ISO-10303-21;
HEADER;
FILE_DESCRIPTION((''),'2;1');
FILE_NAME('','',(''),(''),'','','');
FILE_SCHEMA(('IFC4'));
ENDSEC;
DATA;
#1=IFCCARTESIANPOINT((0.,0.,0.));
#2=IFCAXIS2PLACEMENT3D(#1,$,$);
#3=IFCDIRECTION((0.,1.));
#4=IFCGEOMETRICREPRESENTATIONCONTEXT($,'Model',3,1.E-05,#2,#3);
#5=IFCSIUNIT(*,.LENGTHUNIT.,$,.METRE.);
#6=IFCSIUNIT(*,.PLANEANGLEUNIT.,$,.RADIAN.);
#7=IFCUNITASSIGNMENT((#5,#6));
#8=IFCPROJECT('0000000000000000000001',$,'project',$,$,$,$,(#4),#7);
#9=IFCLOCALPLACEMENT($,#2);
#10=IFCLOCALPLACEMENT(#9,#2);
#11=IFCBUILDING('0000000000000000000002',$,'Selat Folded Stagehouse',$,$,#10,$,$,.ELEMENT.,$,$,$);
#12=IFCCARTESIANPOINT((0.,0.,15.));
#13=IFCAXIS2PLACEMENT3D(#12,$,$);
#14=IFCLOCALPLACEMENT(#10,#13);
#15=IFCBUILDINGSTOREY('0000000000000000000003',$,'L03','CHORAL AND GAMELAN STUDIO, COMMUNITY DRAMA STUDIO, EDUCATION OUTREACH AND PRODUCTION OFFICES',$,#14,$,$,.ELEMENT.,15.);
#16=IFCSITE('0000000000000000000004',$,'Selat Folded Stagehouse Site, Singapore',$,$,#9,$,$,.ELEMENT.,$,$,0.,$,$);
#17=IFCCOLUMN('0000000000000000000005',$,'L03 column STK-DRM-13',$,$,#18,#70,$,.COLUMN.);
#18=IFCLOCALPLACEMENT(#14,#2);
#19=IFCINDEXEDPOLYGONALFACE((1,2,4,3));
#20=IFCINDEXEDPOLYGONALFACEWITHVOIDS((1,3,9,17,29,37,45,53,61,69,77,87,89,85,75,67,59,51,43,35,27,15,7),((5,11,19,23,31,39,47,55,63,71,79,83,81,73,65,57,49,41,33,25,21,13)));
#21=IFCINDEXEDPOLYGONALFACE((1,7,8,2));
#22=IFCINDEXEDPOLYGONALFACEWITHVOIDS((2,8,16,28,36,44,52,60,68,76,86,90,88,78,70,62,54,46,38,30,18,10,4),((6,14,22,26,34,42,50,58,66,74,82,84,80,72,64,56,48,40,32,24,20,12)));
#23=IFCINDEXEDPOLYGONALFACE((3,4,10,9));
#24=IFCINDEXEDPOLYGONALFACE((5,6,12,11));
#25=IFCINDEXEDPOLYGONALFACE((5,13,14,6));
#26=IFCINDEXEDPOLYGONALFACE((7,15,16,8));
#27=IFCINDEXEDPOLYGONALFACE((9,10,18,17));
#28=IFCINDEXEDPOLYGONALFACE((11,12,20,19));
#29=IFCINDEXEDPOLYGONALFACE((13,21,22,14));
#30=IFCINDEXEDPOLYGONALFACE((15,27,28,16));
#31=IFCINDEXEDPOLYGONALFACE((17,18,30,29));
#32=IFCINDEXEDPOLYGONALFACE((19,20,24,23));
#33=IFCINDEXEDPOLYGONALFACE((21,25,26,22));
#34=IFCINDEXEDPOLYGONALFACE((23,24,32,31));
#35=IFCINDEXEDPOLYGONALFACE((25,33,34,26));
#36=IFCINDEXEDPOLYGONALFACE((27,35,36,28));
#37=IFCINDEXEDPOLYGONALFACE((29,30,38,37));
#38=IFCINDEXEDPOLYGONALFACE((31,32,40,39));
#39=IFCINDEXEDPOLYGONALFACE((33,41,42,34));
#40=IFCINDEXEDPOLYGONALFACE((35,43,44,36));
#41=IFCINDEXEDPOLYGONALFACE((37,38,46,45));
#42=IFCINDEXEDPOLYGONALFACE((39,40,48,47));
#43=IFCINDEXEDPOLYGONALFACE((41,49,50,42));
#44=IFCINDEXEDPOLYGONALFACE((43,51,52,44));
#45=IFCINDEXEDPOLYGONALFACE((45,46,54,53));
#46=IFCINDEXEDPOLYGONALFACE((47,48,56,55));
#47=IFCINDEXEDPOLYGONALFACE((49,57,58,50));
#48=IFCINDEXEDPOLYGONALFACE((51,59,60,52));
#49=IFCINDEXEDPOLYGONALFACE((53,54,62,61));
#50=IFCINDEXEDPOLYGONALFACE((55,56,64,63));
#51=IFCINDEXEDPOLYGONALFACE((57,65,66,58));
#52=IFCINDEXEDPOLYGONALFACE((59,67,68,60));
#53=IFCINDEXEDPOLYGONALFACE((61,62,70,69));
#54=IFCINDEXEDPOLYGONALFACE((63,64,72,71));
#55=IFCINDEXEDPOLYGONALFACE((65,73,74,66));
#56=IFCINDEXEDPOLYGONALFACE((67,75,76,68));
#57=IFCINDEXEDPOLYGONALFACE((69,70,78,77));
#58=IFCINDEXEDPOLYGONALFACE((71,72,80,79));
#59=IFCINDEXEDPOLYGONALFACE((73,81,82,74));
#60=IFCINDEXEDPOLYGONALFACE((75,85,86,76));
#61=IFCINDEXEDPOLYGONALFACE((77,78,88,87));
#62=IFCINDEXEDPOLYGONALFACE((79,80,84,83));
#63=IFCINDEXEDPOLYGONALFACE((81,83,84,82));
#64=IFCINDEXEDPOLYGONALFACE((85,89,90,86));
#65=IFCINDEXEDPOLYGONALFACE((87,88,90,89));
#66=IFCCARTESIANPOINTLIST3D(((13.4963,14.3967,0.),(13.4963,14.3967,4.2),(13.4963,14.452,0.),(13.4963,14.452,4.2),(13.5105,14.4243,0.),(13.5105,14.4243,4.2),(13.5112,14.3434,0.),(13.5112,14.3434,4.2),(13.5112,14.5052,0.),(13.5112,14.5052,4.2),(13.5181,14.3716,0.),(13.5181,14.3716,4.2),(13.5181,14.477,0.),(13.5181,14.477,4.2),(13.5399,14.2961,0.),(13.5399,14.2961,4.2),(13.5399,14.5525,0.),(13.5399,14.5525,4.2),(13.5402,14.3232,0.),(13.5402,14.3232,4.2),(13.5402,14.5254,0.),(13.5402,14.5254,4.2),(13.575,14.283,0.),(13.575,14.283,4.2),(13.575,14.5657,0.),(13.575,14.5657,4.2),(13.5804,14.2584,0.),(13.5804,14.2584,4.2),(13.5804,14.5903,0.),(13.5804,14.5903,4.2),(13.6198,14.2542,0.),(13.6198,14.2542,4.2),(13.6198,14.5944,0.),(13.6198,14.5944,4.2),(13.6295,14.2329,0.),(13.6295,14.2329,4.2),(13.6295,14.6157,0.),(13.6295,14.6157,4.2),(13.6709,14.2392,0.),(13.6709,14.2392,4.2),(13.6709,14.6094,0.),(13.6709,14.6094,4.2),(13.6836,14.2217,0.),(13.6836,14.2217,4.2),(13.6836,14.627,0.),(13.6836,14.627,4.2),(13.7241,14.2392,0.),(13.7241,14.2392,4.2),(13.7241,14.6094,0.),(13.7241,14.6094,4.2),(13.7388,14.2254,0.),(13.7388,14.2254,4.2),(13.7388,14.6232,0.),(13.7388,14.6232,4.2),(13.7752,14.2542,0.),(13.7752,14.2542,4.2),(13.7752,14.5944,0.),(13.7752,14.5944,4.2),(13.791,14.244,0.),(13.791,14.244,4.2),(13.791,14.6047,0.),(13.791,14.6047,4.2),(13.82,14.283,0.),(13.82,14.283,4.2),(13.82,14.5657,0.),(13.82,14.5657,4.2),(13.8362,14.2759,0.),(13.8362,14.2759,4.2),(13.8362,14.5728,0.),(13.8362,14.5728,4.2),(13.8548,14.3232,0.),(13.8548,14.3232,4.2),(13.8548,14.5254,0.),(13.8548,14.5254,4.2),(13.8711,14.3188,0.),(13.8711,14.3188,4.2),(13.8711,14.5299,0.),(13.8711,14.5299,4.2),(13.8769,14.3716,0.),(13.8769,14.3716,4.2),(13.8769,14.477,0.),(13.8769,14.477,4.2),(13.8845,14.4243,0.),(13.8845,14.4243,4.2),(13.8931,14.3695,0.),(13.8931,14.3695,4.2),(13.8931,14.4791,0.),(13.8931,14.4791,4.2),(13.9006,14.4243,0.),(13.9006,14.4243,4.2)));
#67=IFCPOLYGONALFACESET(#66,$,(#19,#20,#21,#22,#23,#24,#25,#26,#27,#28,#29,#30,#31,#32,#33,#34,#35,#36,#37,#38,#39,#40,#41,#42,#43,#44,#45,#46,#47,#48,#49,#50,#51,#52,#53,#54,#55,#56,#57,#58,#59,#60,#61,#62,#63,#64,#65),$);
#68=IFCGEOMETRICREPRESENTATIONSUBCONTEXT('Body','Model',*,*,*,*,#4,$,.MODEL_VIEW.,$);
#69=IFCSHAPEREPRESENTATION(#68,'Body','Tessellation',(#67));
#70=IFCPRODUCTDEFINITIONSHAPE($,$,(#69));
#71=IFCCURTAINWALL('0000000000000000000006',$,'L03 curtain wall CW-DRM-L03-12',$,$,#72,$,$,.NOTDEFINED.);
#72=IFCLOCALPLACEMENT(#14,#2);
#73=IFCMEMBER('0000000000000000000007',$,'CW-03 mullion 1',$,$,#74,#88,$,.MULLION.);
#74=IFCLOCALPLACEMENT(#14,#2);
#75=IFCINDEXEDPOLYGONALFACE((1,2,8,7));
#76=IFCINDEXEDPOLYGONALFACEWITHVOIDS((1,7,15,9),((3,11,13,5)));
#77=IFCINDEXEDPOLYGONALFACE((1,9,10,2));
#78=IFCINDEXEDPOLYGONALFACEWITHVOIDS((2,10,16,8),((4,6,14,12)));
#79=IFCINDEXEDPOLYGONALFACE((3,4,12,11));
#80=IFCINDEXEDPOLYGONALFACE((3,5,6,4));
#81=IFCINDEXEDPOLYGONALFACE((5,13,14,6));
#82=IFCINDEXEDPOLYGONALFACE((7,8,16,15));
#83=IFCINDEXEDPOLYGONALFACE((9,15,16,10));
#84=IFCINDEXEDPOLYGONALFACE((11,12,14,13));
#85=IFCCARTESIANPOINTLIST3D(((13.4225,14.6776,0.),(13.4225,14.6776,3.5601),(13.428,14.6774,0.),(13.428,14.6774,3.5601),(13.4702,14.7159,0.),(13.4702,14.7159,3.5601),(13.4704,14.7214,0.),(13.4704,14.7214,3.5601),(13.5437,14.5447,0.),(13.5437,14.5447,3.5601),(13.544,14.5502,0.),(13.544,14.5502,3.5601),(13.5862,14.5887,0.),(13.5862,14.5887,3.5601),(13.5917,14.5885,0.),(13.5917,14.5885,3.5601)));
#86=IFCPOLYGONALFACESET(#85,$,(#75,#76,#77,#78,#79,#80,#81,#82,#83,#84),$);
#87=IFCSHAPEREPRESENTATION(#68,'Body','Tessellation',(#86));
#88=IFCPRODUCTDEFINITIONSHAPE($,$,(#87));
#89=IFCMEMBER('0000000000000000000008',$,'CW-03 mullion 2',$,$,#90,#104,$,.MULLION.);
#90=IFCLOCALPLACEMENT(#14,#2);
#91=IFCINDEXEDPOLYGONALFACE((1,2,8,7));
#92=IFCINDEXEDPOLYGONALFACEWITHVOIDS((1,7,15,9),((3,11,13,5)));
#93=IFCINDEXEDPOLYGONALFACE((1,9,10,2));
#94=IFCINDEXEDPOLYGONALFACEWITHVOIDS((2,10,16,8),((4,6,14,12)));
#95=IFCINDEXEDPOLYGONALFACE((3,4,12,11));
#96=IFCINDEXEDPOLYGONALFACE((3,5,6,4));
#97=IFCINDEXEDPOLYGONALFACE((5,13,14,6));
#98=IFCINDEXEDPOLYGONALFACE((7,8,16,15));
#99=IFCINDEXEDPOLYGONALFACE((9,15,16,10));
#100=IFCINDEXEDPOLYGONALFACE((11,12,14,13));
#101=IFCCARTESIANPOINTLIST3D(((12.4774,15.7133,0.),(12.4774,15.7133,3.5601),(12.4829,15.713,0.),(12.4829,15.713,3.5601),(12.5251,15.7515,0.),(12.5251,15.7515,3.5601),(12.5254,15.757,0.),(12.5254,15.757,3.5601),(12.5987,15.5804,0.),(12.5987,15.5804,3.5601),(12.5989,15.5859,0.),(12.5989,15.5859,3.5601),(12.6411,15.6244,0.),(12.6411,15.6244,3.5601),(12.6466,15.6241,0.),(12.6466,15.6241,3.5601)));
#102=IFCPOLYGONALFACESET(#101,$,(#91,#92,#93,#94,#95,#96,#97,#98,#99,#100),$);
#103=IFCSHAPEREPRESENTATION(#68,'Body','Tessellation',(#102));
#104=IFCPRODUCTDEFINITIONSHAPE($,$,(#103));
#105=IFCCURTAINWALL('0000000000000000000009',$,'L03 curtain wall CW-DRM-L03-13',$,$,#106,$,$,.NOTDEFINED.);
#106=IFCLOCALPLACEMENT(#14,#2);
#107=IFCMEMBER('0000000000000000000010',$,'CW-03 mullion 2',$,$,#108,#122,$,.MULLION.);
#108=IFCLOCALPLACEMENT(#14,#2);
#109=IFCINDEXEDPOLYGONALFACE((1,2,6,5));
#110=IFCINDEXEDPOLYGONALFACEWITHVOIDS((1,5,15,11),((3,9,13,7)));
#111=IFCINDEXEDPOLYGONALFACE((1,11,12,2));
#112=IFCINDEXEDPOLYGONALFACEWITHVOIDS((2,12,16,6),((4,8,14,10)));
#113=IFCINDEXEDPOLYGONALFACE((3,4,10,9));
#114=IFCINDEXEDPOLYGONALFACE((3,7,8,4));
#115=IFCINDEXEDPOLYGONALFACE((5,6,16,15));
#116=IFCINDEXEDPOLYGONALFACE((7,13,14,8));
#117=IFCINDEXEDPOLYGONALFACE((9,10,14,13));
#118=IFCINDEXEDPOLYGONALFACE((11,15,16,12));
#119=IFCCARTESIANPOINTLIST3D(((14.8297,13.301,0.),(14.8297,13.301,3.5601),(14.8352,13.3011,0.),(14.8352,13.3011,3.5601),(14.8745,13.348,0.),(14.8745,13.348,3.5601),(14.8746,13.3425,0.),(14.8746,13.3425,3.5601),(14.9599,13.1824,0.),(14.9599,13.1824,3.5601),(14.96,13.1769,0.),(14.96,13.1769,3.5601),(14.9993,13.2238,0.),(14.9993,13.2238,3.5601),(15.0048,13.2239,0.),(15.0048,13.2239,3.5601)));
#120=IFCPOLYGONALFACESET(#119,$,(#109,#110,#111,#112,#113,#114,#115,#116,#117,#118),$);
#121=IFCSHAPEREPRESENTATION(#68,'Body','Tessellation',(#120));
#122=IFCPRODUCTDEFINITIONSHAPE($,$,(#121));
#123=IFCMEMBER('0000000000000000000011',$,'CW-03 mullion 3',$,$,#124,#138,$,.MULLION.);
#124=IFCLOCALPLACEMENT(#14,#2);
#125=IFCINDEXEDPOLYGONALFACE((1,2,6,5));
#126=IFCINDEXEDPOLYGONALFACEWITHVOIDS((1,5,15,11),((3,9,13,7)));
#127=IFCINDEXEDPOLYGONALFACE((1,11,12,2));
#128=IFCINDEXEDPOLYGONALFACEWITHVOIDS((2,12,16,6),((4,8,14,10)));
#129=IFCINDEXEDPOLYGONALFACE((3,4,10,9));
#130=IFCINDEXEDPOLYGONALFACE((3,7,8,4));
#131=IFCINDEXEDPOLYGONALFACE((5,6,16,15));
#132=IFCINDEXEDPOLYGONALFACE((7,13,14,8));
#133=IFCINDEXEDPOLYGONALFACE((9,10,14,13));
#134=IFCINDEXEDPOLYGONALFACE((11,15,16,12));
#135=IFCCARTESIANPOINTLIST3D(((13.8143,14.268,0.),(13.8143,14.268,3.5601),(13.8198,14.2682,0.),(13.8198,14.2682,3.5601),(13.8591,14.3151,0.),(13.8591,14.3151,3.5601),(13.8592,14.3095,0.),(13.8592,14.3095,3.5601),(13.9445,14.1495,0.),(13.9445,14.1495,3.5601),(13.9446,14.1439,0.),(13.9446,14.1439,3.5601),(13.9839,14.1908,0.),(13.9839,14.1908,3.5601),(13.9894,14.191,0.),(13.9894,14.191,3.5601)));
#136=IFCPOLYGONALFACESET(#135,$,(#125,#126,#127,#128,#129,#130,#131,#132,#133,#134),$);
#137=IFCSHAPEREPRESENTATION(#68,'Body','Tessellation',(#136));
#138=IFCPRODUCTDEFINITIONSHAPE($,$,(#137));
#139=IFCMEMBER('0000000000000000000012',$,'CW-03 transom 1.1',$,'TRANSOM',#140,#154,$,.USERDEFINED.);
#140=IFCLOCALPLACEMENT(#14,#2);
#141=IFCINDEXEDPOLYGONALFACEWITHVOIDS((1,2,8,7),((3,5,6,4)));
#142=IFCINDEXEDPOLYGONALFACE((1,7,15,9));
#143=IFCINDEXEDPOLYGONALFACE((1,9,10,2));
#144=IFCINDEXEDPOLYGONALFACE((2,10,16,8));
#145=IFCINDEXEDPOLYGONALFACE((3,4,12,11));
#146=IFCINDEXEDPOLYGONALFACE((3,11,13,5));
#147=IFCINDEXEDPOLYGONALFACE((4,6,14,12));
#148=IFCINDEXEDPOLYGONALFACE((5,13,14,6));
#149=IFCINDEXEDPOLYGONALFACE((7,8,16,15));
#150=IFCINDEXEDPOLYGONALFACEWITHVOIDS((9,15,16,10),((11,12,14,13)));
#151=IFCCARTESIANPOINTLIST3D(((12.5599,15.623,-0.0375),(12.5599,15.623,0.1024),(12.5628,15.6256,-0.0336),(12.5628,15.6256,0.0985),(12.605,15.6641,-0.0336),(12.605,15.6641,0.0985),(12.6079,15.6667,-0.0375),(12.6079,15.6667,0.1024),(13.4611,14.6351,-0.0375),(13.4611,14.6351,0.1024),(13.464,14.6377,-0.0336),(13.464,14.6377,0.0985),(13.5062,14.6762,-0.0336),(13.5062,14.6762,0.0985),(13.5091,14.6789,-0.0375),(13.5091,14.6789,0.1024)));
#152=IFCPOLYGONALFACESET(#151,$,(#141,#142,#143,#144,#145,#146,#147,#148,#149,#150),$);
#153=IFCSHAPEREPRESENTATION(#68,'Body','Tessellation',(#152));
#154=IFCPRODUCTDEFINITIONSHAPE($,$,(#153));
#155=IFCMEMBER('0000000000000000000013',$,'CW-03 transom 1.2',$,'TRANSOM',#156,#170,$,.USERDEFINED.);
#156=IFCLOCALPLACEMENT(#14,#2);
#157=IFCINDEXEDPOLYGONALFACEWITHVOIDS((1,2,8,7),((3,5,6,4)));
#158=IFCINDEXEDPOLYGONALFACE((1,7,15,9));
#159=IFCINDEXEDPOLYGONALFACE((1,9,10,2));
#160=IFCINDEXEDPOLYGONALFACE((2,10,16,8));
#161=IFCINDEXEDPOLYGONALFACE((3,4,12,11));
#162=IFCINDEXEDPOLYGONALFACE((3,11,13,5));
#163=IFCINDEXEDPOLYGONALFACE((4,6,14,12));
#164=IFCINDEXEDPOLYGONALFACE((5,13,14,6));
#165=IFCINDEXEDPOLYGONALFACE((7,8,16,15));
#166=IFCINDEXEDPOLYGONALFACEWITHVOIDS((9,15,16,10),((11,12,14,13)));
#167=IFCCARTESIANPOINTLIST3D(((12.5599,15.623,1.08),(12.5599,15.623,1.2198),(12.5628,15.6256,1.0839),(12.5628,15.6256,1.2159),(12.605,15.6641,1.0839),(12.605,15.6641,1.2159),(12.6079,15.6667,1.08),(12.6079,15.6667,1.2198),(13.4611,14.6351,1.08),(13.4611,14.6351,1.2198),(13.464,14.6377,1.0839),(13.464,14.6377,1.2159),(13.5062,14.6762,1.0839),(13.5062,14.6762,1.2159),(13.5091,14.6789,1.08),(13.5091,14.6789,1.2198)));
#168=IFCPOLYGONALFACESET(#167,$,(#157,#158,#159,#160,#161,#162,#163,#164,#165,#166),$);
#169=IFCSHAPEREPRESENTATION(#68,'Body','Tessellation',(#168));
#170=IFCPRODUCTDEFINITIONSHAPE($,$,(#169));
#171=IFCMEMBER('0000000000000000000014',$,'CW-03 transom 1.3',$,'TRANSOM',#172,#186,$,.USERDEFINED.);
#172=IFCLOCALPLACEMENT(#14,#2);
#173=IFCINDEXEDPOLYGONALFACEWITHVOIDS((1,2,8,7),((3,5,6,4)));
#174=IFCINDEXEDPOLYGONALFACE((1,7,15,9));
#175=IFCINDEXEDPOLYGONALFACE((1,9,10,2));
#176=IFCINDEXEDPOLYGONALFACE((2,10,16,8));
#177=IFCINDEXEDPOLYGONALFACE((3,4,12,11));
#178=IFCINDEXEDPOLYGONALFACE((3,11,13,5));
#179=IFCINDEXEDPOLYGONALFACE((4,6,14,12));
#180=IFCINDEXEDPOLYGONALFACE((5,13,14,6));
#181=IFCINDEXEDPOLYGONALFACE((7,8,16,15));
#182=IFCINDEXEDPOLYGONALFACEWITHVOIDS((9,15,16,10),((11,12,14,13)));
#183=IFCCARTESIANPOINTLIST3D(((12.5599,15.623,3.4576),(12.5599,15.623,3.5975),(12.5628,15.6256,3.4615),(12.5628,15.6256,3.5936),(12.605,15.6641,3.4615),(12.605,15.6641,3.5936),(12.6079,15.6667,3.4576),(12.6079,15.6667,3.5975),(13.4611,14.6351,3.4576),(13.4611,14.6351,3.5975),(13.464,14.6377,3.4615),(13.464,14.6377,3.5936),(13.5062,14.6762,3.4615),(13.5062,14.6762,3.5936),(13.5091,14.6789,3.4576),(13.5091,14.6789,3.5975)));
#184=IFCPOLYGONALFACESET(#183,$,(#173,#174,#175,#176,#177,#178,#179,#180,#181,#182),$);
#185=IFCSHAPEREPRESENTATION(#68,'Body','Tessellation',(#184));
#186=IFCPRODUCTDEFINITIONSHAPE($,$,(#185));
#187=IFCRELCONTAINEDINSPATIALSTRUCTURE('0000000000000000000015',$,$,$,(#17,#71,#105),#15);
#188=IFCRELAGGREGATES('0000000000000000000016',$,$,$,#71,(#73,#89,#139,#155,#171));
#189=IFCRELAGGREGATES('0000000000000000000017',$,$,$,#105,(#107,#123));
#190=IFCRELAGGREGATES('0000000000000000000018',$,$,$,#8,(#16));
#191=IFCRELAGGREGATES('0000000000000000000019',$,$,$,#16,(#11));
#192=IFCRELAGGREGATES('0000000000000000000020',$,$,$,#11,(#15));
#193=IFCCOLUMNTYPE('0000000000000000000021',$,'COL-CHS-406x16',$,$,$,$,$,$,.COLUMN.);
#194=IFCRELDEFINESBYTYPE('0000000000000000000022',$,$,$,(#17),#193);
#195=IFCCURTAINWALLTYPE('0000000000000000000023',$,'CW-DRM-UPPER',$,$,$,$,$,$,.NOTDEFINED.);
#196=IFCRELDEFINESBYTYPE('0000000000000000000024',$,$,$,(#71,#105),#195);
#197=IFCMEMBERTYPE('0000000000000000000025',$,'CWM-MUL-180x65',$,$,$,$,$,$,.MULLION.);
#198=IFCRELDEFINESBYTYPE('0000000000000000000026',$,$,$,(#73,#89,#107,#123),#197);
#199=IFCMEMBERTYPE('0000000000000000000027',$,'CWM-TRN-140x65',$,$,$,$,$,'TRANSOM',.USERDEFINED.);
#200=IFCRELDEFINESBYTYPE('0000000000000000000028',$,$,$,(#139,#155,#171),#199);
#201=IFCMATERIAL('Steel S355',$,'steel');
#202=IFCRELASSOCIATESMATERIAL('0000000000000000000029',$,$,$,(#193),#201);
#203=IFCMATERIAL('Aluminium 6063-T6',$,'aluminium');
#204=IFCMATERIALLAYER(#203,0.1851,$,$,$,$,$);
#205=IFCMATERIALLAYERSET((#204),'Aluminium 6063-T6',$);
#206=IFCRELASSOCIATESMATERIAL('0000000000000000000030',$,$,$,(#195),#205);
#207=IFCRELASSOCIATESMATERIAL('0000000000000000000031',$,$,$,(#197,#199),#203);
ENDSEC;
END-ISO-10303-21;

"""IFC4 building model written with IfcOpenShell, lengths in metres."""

from ifc_helpers import new_model, si_unit, direction, frame, origin, origin_2d, place, context, subcontext, project, spatial, hollow_rectangle, hollow_circle, extrude, material, layer, layer_set, material_profile, profile_set, type_object, element, aggregate, save


model = new_model("IFC4")

# Units and contexts
model_context = context("Model", 3, precision=1e-05, world=origin(), true_north=direction((0.0, 1.0)))
body_context = subcontext(model_context, "Body", "Model", "MODEL_VIEW")
ifc_project = project(units=[si_unit("LENGTHUNIT", "METRE"), si_unit("PLANEANGLEUNIT", "RADIAN")], contexts=[model_context])

# Site, building, storey
site_placement = place(None, origin())
site = spatial("IfcSite", under=ifc_project, at=site_placement, Name="Selat Folded Stagehouse Site, Singapore", CompositionType="ELEMENT", RefElevation=0.0)
building_placement = place(site_placement, origin())
building = spatial("IfcBuilding", under=site, at=building_placement, Name="Selat Folded Stagehouse", CompositionType="ELEMENT")
storey_placement = place(building_placement, frame((0.0, 0.0, 15.0)))
storey = spatial("IfcBuildingStorey", under=building, at=storey_placement, Name="L03", Description="CHORAL AND GAMELAN STUDIO, COMMUNITY DRAMA STUDIO, EDUCATION OUTREACH AND PRODUCTION OFFICES", CompositionType="ELEMENT", Elevation=15.0)

# Column
ifc_material_1 = material(Name="Steel S355", Category="steel")
ifc_material_profile_1 = material_profile(ifc_material_1, hollow_circle(Radius=0.2031, WallThickness=0.0161, at=origin_2d()), Name="CHS 406.4x16.0")
ifc_profile_set_1 = profile_set([ifc_material_profile_1], Name="Steel S355")
column_type = type_object("IfcColumnType", Name="COL-CHS-406x16", PredefinedType="COLUMN", material=ifc_profile_set_1)
column_placement = place(storey_placement, frame((13.6975, 14.4243, 0.0), z_axis=(0.0, 0.0, 1.0), x_axis=(1.0, 0.0, 0.0)))
element("IfcColumn", 1, at=column_placement, inside=storey, type_object=column_type, Name="L03 column STK-DRM-13", PredefinedType="COLUMN", context=body_context, shape_type="SweptSolid", body=[
    extrude(hollow_circle(Radius=0.2031, WallThickness=0.0161, at=origin_2d()), origin(), (0.0, 0.0, 1.0), 4.2),
])

# Curtain walls, members
ifc_material_2 = material(Name="Aluminium 6063-T6", Category="aluminium")
ifc_layer_1 = layer(ifc_material_2, 0.1851)
ifc_layer_set_1 = layer_set([ifc_layer_1], Name="Aluminium 6063-T6")
curtain_wall_type = type_object("IfcCurtainWallType", Name="CW-DRM-UPPER", PredefinedType="NOTDEFINED", material=ifc_layer_set_1)
curtain_wall_1_placement = place(storey_placement, origin())
curtain_wall_1 = element("IfcCurtainWall", 2, at=curtain_wall_1_placement, inside=storey, type_object=curtain_wall_type, Name="L03 curtain wall CW-DRM-L03-12", PredefinedType="NOTDEFINED")
ifc_material_profile_2 = material_profile(ifc_material_2, hollow_rectangle(XDim=0.0649, YDim=0.1799, WallThickness=0.0039, at=origin_2d()), Name="ALU 180x65x4.0")
ifc_profile_set_2 = profile_set([ifc_material_profile_2], Name="Aluminium 6063-T6")
member_type_1 = type_object("IfcMemberType", Name="CWM-MUL-180x65", PredefinedType="MULLION", material=ifc_profile_set_2)
member_1_placement = place(storey_placement, frame((13.5071, 14.6331, 0.0), z_axis=(0.0, 0.0, 1.0), x_axis=(-0.738729, -0.674002, 0.0)))
member_1 = element("IfcMember", 3, at=member_1_placement, type_object=member_type_1, Name="CW-03 mullion 1", PredefinedType="MULLION", context=body_context, shape_type="SweptSolid", body=[
    extrude(hollow_rectangle(XDim=0.0649, YDim=0.1799, WallThickness=0.0039, at=origin_2d()), origin(), (0.0, 0.0, 1.0), 3.5601),
])
member_2_placement = place(storey_placement, frame((12.562, 15.6687, 0.0), z_axis=(0.0, 0.0, 1.0), x_axis=(-0.738729, -0.674002, 0.0)))
member_2 = element("IfcMember", 4, at=member_2_placement, type_object=member_type_1, Name="CW-03 mullion 2", PredefinedType="MULLION", context=body_context, shape_type="SweptSolid", body=[
    extrude(hollow_rectangle(XDim=0.0649, YDim=0.1799, WallThickness=0.0039, at=origin_2d()), origin(), (0.0, 0.0, 1.0), 3.5601),
])
curtain_wall_2_placement = place(storey_placement, origin())
curtain_wall_2 = element("IfcCurtainWall", 5, at=curtain_wall_2_placement, inside=storey, type_object=curtain_wall_type, Name="L03 curtain wall CW-DRM-L03-13", PredefinedType="NOTDEFINED")
member_3_placement = place(storey_placement, frame((14.9172, 13.2625, 0.0), z_axis=(0.0, 0.0, 1.0), x_axis=(-0.689661, -0.724132, 0.0)))
member_3 = element("IfcMember", 6, at=member_3_placement, type_object=member_type_1, Name="CW-03 mullion 2", PredefinedType="MULLION", context=body_context, shape_type="SweptSolid", body=[
    extrude(hollow_rectangle(XDim=0.0649, YDim=0.1799, WallThickness=0.0039, at=origin_2d()), origin(), (0.0, 0.0, 1.0), 3.5601),
])
member_4_placement = place(storey_placement, frame((13.9019, 14.2295, 0.0), z_axis=(0.0, 0.0, 1.0), x_axis=(-0.689661, -0.724132, 0.0)))
member_4 = element("IfcMember", 7, at=member_4_placement, type_object=member_type_1, Name="CW-03 mullion 3", PredefinedType="MULLION", context=body_context, shape_type="SweptSolid", body=[
    extrude(hollow_rectangle(XDim=0.0649, YDim=0.1799, WallThickness=0.0039, at=origin_2d()), origin(), (0.0, 0.0, 1.0), 3.5601),
])

# Members
ifc_material_profile_3 = material_profile(ifc_material_2, hollow_rectangle(XDim=0.0649, YDim=0.1399, WallThickness=0.0039, at=origin_2d()), Name="ALU 140x65x4.0")
ifc_profile_set_3 = profile_set([ifc_material_profile_3], Name="Aluminium 6063-T6")
member_type_2 = type_object("IfcMemberType", Name="CWM-TRN-140x65", ElementType="TRANSOM", PredefinedType="USERDEFINED", material=ifc_profile_set_3)
member_5_placement = place(storey_placement, frame((13.4851, 14.657, 0.0325), z_axis=(-0.673953, 0.738774, 0.0), x_axis=(-0.738774, -0.673953, 0.0)))
member_5 = element("IfcMember", 8, at=member_5_placement, type_object=member_type_2, Name="CW-03 transom 1.1", ObjectType="TRANSOM", PredefinedType="USERDEFINED", context=body_context, shape_type="SweptSolid", body=[
    extrude(hollow_rectangle(XDim=0.0649, YDim=0.1399, WallThickness=0.0039, at=origin_2d()), origin(), (0.0, 0.0, 1.0), 1.3372),
])
member_6_placement = place(storey_placement, frame((13.4851, 14.657, 1.1499), z_axis=(-0.673953, 0.738774, 0.0), x_axis=(-0.738774, -0.673953, 0.0)))
member_6 = element("IfcMember", 9, at=member_6_placement, type_object=member_type_2, Name="CW-03 transom 1.2", ObjectType="TRANSOM", PredefinedType="USERDEFINED", context=body_context, shape_type="SweptSolid", body=[
    extrude(hollow_rectangle(XDim=0.0649, YDim=0.1399, WallThickness=0.0039, at=origin_2d()), origin(), (0.0, 0.0, 1.0), 1.3372),
])
member_7_placement = place(storey_placement, frame((13.4851, 14.657, 3.5276), z_axis=(-0.673953, 0.738774, 0.0), x_axis=(-0.738774, -0.673953, 0.0)))
member_7 = element("IfcMember", 10, at=member_7_placement, type_object=member_type_2, Name="CW-03 transom 1.3", ObjectType="TRANSOM", PredefinedType="USERDEFINED", context=body_context, shape_type="SweptSolid", body=[
    extrude(hollow_rectangle(XDim=0.0649, YDim=0.1399, WallThickness=0.0039, at=origin_2d()), origin(), (0.0, 0.0, 1.0), 1.3372),
])

aggregate(curtain_wall_1, [member_1, member_2, member_5, member_6, member_7])
aggregate(curtain_wall_2, [member_3, member_4])

save(model, "model.ifc")
